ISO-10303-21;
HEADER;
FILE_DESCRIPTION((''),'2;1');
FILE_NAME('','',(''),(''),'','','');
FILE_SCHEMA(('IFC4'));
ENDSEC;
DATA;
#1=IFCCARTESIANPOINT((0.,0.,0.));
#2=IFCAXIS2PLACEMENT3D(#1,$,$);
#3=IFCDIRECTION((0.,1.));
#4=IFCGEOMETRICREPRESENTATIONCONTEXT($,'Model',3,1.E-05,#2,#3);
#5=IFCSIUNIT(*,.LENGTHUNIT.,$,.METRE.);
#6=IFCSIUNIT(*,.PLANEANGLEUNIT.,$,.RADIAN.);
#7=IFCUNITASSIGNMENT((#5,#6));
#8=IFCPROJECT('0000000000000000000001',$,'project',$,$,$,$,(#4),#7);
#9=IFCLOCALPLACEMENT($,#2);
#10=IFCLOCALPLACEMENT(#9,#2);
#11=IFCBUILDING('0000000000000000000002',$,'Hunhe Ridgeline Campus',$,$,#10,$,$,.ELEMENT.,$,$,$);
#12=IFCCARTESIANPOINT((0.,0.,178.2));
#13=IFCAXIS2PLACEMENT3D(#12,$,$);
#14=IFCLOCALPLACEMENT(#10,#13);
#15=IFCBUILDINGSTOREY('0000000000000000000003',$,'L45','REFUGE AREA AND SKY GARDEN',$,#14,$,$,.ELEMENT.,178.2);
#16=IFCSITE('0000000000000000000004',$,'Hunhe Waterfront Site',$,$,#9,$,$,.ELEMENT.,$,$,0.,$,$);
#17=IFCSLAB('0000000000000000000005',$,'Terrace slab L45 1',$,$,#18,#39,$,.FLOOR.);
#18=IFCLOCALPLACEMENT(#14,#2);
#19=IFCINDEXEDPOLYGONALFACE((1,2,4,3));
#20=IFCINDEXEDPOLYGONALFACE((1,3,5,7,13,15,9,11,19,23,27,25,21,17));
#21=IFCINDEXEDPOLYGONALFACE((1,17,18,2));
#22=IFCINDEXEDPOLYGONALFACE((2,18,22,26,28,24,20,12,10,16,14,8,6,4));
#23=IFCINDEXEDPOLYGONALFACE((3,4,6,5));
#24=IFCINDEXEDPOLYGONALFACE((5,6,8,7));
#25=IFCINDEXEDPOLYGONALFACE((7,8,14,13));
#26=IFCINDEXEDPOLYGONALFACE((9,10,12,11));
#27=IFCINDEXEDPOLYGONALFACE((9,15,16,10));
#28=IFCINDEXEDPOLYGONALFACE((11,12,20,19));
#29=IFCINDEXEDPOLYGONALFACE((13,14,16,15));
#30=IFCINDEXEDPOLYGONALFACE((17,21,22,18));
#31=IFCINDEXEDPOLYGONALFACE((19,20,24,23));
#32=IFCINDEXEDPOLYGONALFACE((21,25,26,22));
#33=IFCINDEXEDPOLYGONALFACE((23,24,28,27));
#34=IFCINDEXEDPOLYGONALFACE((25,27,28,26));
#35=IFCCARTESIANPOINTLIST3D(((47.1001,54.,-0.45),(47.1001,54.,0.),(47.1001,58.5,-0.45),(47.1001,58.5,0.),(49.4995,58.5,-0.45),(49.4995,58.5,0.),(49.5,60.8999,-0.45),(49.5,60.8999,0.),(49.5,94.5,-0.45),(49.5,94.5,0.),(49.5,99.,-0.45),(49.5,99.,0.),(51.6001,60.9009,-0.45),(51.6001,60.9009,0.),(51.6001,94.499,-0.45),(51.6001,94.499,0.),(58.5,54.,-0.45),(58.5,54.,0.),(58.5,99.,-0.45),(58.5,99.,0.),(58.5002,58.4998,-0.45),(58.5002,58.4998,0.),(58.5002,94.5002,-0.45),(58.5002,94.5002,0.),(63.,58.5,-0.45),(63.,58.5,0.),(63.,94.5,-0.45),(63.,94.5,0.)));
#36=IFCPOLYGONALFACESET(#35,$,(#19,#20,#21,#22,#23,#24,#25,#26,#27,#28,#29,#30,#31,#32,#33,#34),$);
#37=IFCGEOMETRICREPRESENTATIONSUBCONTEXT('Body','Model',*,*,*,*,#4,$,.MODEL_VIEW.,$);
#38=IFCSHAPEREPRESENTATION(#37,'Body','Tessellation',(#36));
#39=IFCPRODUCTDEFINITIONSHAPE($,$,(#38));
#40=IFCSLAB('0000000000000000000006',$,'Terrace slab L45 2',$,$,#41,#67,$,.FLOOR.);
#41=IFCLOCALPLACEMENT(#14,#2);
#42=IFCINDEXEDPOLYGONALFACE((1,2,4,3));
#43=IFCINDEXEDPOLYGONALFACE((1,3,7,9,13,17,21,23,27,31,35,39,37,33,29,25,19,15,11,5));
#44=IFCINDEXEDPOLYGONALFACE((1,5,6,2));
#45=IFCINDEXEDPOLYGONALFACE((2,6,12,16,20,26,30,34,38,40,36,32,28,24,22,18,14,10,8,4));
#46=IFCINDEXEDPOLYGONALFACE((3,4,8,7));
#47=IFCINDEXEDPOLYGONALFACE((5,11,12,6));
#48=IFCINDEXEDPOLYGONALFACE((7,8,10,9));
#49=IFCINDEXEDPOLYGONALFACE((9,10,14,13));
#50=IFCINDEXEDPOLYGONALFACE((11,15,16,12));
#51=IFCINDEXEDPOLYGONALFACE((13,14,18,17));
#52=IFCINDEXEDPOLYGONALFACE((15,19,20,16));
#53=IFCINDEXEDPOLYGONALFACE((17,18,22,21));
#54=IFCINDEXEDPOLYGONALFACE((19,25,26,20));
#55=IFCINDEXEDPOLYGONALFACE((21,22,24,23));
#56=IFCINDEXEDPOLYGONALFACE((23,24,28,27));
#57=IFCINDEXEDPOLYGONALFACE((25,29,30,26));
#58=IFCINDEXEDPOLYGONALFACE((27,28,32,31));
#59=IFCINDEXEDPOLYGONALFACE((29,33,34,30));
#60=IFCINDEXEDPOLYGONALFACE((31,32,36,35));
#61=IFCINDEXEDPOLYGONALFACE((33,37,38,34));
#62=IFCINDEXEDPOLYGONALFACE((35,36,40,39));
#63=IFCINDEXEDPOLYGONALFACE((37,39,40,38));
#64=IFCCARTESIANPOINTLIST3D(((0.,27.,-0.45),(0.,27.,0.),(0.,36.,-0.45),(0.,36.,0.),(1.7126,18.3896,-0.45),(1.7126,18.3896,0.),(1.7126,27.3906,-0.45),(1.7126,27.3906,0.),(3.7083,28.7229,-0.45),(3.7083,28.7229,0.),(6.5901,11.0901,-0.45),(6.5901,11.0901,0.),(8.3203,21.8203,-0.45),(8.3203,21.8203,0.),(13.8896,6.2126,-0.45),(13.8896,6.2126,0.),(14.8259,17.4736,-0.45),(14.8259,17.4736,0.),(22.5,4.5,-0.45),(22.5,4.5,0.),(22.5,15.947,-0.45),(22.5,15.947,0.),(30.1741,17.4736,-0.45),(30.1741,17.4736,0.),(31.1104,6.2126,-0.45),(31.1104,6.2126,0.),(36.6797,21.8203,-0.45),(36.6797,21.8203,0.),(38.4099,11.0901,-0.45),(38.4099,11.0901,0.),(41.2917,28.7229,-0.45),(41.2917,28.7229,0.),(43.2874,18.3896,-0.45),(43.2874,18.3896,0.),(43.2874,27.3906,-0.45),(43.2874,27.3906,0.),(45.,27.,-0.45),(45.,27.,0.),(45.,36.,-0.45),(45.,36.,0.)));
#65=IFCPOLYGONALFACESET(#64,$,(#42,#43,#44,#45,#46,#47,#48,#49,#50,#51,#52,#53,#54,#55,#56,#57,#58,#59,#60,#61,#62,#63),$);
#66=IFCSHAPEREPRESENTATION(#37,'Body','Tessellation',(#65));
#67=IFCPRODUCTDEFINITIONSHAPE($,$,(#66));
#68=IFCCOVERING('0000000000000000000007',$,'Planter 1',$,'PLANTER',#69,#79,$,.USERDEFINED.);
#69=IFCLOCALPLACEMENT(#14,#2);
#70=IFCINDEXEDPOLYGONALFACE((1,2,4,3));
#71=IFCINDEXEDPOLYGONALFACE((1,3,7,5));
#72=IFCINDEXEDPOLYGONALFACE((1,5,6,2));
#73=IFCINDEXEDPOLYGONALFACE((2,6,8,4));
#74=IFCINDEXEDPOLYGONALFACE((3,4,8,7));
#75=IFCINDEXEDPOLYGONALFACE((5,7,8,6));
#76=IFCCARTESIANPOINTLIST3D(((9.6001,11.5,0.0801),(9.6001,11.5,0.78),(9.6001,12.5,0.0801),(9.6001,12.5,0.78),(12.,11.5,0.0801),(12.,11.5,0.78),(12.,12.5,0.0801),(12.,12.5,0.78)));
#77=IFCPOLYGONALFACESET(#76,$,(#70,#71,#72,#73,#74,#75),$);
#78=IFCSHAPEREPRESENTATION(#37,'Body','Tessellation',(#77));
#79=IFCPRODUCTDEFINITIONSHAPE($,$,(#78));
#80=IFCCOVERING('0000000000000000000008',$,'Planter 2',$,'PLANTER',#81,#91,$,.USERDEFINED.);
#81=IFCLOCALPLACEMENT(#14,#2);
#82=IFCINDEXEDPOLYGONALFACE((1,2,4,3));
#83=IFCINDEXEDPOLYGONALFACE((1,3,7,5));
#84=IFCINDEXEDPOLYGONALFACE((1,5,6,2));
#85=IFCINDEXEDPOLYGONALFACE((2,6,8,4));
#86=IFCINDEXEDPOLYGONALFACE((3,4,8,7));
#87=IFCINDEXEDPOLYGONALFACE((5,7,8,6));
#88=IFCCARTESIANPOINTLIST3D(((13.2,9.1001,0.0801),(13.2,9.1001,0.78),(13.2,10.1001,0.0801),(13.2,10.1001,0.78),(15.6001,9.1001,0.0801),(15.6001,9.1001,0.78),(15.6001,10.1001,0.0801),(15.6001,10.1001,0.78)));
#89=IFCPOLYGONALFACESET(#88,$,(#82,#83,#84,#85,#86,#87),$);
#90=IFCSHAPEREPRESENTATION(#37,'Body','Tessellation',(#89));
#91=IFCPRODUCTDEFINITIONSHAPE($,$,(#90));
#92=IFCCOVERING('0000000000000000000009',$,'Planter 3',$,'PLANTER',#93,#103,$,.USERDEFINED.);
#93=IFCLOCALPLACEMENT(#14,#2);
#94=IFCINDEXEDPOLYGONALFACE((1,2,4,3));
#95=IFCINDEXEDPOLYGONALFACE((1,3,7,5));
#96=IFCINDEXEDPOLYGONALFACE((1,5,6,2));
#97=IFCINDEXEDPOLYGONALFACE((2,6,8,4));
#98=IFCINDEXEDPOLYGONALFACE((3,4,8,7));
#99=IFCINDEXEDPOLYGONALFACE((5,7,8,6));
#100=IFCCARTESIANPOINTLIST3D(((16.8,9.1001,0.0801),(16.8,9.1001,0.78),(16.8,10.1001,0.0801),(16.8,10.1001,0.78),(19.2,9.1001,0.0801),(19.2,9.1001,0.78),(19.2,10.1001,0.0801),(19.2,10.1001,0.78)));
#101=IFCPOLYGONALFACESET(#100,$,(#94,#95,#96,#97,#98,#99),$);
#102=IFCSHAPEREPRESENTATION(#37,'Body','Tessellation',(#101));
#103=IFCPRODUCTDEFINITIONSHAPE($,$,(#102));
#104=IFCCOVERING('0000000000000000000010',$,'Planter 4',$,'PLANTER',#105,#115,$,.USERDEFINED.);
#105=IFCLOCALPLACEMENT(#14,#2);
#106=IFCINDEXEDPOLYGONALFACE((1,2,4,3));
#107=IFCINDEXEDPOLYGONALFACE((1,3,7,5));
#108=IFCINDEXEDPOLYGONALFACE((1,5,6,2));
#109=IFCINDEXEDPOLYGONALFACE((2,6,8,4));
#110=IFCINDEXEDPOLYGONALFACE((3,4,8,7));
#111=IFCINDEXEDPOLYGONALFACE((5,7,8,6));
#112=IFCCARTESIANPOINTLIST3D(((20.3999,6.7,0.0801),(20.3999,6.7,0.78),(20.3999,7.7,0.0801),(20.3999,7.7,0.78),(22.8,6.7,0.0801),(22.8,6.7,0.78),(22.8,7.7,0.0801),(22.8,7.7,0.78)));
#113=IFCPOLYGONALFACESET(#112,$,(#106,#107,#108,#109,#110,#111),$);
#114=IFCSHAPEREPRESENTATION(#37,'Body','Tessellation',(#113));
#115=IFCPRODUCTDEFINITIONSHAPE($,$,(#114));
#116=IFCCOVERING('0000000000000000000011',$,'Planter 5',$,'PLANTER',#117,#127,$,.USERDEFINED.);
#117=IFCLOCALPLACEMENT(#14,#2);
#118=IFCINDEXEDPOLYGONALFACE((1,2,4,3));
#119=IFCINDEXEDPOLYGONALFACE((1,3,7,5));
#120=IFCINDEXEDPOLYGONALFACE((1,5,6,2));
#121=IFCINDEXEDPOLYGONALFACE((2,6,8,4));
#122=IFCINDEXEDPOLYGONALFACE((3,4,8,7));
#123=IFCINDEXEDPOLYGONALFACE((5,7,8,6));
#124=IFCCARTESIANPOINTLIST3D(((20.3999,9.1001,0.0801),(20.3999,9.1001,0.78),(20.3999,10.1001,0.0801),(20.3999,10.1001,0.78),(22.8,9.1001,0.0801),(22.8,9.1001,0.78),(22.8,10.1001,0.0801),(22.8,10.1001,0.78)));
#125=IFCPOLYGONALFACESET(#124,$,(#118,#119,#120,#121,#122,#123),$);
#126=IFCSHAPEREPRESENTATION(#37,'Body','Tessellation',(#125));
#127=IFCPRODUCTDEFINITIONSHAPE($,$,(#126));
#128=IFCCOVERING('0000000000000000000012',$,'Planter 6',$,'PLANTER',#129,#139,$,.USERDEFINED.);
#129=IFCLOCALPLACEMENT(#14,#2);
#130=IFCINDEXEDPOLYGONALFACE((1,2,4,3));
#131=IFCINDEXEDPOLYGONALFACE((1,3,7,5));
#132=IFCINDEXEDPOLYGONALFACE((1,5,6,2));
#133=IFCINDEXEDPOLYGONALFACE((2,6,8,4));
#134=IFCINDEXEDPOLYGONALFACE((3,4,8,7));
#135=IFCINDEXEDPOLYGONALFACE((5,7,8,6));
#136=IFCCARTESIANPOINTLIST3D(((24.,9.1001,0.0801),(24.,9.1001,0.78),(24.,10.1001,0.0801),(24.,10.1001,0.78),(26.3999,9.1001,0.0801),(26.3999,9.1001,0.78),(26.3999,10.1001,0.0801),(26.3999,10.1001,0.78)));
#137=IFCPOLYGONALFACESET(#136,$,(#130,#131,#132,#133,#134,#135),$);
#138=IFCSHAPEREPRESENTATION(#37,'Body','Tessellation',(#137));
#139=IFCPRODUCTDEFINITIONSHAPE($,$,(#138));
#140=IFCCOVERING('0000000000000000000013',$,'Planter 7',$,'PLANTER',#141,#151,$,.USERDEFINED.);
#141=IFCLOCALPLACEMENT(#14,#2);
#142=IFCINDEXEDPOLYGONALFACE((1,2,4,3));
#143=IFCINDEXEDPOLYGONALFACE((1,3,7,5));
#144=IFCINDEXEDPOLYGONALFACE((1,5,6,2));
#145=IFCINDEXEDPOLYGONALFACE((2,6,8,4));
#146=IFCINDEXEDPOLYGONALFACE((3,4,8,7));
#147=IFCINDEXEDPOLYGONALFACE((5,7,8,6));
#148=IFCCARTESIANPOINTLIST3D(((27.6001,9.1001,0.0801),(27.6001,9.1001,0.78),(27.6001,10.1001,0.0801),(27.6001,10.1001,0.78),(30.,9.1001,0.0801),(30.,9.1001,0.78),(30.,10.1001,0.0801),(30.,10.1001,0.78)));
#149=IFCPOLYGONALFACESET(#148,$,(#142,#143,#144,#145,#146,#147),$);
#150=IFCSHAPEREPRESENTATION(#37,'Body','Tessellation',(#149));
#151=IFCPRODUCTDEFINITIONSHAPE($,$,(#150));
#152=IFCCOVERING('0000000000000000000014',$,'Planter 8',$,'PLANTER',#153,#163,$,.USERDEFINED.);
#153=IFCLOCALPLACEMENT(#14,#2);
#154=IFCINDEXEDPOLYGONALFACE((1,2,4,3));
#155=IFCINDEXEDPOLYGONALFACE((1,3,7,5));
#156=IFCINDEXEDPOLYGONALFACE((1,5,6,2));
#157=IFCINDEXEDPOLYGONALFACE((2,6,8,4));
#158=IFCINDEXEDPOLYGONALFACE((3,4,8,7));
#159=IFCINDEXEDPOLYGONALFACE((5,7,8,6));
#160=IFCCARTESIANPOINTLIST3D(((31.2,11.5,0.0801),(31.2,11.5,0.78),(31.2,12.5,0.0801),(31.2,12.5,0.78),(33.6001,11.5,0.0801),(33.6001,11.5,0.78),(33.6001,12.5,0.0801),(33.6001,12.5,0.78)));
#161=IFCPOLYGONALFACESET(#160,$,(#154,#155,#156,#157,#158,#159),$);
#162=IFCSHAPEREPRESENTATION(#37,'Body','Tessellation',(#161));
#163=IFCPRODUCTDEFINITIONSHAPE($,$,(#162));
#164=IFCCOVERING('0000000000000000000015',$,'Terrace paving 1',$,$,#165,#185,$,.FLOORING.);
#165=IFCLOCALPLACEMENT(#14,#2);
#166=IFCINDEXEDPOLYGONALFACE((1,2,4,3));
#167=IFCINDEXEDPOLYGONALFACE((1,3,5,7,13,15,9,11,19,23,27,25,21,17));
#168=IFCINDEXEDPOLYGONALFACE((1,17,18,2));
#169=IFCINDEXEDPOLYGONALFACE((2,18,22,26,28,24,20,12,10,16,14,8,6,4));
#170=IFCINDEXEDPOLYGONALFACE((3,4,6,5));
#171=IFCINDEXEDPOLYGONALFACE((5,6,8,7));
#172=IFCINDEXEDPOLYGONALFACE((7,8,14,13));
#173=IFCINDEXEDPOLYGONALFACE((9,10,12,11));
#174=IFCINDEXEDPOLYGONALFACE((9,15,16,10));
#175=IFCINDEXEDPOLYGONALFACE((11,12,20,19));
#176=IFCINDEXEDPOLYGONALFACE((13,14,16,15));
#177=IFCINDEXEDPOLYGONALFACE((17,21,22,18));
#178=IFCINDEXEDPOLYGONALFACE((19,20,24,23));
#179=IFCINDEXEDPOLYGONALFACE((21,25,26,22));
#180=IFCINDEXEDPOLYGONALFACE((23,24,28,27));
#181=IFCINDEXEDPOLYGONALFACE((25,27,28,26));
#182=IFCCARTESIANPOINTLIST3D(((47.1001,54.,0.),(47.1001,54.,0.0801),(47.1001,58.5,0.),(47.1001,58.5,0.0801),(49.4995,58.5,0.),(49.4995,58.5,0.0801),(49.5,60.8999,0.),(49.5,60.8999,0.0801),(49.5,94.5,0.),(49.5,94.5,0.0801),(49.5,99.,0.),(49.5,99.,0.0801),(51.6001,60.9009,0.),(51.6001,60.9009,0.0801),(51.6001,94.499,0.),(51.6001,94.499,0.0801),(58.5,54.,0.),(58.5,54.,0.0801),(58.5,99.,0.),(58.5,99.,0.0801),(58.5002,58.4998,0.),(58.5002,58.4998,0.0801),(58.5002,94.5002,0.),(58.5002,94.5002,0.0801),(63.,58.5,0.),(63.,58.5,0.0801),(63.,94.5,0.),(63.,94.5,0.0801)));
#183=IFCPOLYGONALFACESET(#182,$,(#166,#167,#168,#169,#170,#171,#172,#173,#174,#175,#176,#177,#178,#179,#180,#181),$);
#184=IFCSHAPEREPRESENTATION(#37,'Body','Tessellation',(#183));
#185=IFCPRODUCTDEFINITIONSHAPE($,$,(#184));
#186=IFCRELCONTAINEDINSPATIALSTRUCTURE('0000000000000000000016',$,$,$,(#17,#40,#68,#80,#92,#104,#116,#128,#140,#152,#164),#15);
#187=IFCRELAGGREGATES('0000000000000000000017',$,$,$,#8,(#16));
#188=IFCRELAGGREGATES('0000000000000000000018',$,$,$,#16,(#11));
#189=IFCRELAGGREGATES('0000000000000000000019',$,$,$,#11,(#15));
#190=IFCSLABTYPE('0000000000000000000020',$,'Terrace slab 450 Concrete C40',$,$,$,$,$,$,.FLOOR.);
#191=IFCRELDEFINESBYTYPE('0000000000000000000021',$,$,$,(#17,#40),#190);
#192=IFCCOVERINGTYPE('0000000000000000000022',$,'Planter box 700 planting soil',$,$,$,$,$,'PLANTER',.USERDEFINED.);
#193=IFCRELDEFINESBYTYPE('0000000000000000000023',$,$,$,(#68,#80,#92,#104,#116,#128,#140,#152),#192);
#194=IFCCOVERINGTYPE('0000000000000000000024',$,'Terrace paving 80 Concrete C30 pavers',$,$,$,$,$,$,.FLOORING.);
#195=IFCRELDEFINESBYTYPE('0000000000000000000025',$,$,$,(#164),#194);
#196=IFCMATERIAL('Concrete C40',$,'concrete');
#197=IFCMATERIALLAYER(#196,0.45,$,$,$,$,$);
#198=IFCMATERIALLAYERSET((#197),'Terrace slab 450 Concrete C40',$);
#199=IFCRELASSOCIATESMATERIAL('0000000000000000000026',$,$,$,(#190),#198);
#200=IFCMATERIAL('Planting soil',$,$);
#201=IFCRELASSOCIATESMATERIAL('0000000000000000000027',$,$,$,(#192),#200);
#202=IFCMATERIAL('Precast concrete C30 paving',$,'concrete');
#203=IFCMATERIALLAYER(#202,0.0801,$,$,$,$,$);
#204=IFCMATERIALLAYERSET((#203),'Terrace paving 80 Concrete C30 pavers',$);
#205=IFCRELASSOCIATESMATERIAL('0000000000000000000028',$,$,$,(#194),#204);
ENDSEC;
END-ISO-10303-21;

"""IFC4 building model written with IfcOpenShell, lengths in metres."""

from ifc_helpers import new_model, si_unit, direction, frame, origin, place, context, subcontext, project, spatial, polyline, outline, extrude, material, layer, layer_set, type_object, element, save


model = new_model("IFC4")

# Units and contexts
model_context = context("Model", 3, precision=1e-05, world=origin(), true_north=direction((0.0, 1.0)))
body_context = subcontext(model_context, "Body", "Model", "MODEL_VIEW")
ifc_project = project(units=[si_unit("LENGTHUNIT", "METRE"), si_unit("PLANEANGLEUNIT", "RADIAN")], contexts=[model_context])

# Site, building, storey
site_placement = place(None, origin())
site = spatial("IfcSite", under=ifc_project, at=site_placement, Name="Hunhe Waterfront Site", CompositionType="ELEMENT", RefElevation=0.0)
building_placement = place(site_placement, origin())
building = spatial("IfcBuilding", under=site, at=building_placement, Name="Hunhe Ridgeline Campus", CompositionType="ELEMENT")
storey_placement = place(building_placement, frame((0.0, 0.0, 178.2)))
storey = spatial("IfcBuildingStorey", under=building, at=storey_placement, Name="L45", Description="REFUGE AREA AND SKY GARDEN", CompositionType="ELEMENT", Elevation=178.2)

# Shared definitions
ifc_material_1 = material(Name="Concrete C40", Category="concrete")

# Slabs
ifc_layer_1 = layer(ifc_material_1, 0.45)
ifc_layer_set_1 = layer_set([ifc_layer_1], Name="Terrace slab 450 Concrete C40")
slab_type_1 = type_object("IfcSlabType", Name="Terrace slab 450 Concrete C40", PredefinedType="FLOOR", material=ifc_layer_set_1)
slab_1_placement = place(storey_placement, frame((0.0, 0.0, -0.45)))
element("IfcSlab", 1, at=slab_1_placement, inside=storey, type_object=slab_type_1, Name="Terrace slab L45 1", PredefinedType="FLOOR", context=body_context, shape_type="SweptSolid", body=[
    extrude(outline(polyline([(58.5002, 58.4998), (63.0, 58.5), (63.0, 94.5), (58.5002, 94.5002), (58.5, 99.0), (49.5, 99.0), (49.5, 94.5), (51.6001, 94.499), (51.6001, 60.9009), (49.5, 60.8999), (49.4995, 58.5), (47.1001, 58.5), (47.1001, 54.0), (58.5, 54.0), (58.5002, 58.4998)])), origin(), (0.0, 0.0, 1.0), 0.45),
])
slab_2_placement = place(storey_placement, frame((0.0, 0.0, -0.45)))
element("IfcSlab", 2, at=slab_2_placement, inside=storey, type_object=slab_type_1, Name="Terrace slab L45 2", PredefinedType="FLOOR", context=body_context, shape_type="SweptSolid", body=[
    extrude(outline(polyline([(30.1741, 17.4736), (22.5, 15.947), (14.8259, 17.4736), (8.3203, 21.8203), (3.7083, 28.7229), (1.7126, 27.3906), (0.0, 36.0), (0.0, 27.0), (1.7126, 18.3896), (6.5901, 11.0901), (13.8896, 6.2126), (22.5, 4.5), (31.1104, 6.2126), (38.4099, 11.0901), (43.2874, 18.3896), (45.0, 27.0), (45.0, 36.0), (43.2874, 27.3906), (41.2917, 28.7229), (36.6797, 21.8203), (30.1741, 17.4736)])), origin(), (0.0, 0.0, 1.0), 0.45),
])

# Coverings
ifc_material_2 = material(Name="Planting soil")
covering_type_1 = type_object("IfcCoveringType", Name="Planter box 700 planting soil", ElementType="PLANTER", PredefinedType="USERDEFINED", material=ifc_material_2)
covering_1_placement = place(storey_placement, frame((0.0, 0.0, 0.0801)))
element("IfcCovering", 3, at=covering_1_placement, inside=storey, type_object=covering_type_1, Name="Planter 1", ObjectType="PLANTER", PredefinedType="USERDEFINED", context=body_context, shape_type="SweptSolid", body=[
    extrude(outline(polyline([(9.6001, 11.5), (12.0, 11.5), (12.0, 12.5), (9.6001, 12.5), (9.6001, 11.5)])), origin(), (0.0, 0.0, 1.0), 0.7),
])
covering_2_placement = place(storey_placement, frame((0.0, 0.0, 0.0801)))
element("IfcCovering", 4, at=covering_2_placement, inside=storey, type_object=covering_type_1, Name="Planter 2", ObjectType="PLANTER", PredefinedType="USERDEFINED", context=body_context, shape_type="SweptSolid", body=[
    extrude(outline(polyline([(13.2, 9.1001), (15.6001, 9.1001), (15.6001, 10.1001), (13.2, 10.1001), (13.2, 9.1001)])), origin(), (0.0, 0.0, 1.0), 0.7),
])
covering_3_placement = place(storey_placement, frame((0.0, 0.0, 0.0801)))
element("IfcCovering", 5, at=covering_3_placement, inside=storey, type_object=covering_type_1, Name="Planter 3", ObjectType="PLANTER", PredefinedType="USERDEFINED", context=body_context, shape_type="SweptSolid", body=[
    extrude(outline(polyline([(16.8, 9.1001), (19.2, 9.1001), (19.2, 10.1001), (16.8, 10.1001), (16.8, 9.1001)])), origin(), (0.0, 0.0, 1.0), 0.7),
])
covering_4_placement = place(storey_placement, frame((0.0, 0.0, 0.0801)))
element("IfcCovering", 6, at=covering_4_placement, inside=storey, type_object=covering_type_1, Name="Planter 4", ObjectType="PLANTER", PredefinedType="USERDEFINED", context=body_context, shape_type="SweptSolid", body=[
    extrude(outline(polyline([(20.3999, 6.7), (22.8, 6.7), (22.8, 7.7), (20.3999, 7.7), (20.3999, 6.7)])), origin(), (0.0, 0.0, 1.0), 0.7),
])
covering_5_placement = place(storey_placement, frame((0.0, 0.0, 0.0801)))
element("IfcCovering", 7, at=covering_5_placement, inside=storey, type_object=covering_type_1, Name="Planter 5", ObjectType="PLANTER", PredefinedType="USERDEFINED", context=body_context, shape_type="SweptSolid", body=[
    extrude(outline(polyline([(20.3999, 9.1001), (22.8, 9.1001), (22.8, 10.1001), (20.3999, 10.1001), (20.3999, 9.1001)])), origin(), (0.0, 0.0, 1.0), 0.7),
])
covering_6_placement = place(storey_placement, frame((0.0, 0.0, 0.0801)))
element("IfcCovering", 8, at=covering_6_placement, inside=storey, type_object=covering_type_1, Name="Planter 6", ObjectType="PLANTER", PredefinedType="USERDEFINED", context=body_context, shape_type="SweptSolid", body=[
    extrude(outline(polyline([(24.0, 9.1001), (26.3999, 9.1001), (26.3999, 10.1001), (24.0, 10.1001), (24.0, 9.1001)])), origin(), (0.0, 0.0, 1.0), 0.7),
])
covering_7_placement = place(storey_placement, frame((0.0, 0.0, 0.0801)))
element("IfcCovering", 9, at=covering_7_placement, inside=storey, type_object=covering_type_1, Name="Planter 7", ObjectType="PLANTER", PredefinedType="USERDEFINED", context=body_context, shape_type="SweptSolid", body=[
    extrude(outline(polyline([(27.6001, 9.1001), (30.0, 9.1001), (30.0, 10.1001), (27.6001, 10.1001), (27.6001, 9.1001)])), origin(), (0.0, 0.0, 1.0), 0.7),
])
covering_8_placement = place(storey_placement, frame((0.0, 0.0, 0.0801)))
element("IfcCovering", 10, at=covering_8_placement, inside=storey, type_object=covering_type_1, Name="Planter 8", ObjectType="PLANTER", PredefinedType="USERDEFINED", context=body_context, shape_type="SweptSolid", body=[
    extrude(outline(polyline([(31.2, 11.5), (33.6001, 11.5), (33.6001, 12.5), (31.2, 12.5), (31.2, 11.5)])), origin(), (0.0, 0.0, 1.0), 0.7),
])
ifc_material_3 = material(Name="Precast concrete C30 paving", Category="concrete")
ifc_layer_2 = layer(ifc_material_3, 0.0801)
ifc_layer_set_2 = layer_set([ifc_layer_2], Name="Terrace paving 80 Concrete C30 pavers")
covering_type_2 = type_object("IfcCoveringType", Name="Terrace paving 80 Concrete C30 pavers", PredefinedType="FLOORING", material=ifc_layer_set_2)
covering_9_placement = place(storey_placement, origin())
element("IfcCovering", 11, at=covering_9_placement, inside=storey, type_object=covering_type_2, Name="Terrace paving 1", PredefinedType="FLOORING", context=body_context, shape_type="SweptSolid", body=[
    extrude(outline(polyline([(58.5, 54.0), (58.5002, 58.4998), (63.0, 58.5), (63.0, 94.5), (58.5002, 94.5002), (58.5, 99.0), (49.5, 99.0), (49.5, 94.5), (51.6001, 94.499), (51.6001, 60.9009), (49.5, 60.8999), (49.4995, 58.5), (47.1001, 58.5), (47.1001, 54.0), (58.5, 54.0)])), origin(), (0.0, 0.0, 1.0), 0.0801),
])

save(model, "model.ifc")
